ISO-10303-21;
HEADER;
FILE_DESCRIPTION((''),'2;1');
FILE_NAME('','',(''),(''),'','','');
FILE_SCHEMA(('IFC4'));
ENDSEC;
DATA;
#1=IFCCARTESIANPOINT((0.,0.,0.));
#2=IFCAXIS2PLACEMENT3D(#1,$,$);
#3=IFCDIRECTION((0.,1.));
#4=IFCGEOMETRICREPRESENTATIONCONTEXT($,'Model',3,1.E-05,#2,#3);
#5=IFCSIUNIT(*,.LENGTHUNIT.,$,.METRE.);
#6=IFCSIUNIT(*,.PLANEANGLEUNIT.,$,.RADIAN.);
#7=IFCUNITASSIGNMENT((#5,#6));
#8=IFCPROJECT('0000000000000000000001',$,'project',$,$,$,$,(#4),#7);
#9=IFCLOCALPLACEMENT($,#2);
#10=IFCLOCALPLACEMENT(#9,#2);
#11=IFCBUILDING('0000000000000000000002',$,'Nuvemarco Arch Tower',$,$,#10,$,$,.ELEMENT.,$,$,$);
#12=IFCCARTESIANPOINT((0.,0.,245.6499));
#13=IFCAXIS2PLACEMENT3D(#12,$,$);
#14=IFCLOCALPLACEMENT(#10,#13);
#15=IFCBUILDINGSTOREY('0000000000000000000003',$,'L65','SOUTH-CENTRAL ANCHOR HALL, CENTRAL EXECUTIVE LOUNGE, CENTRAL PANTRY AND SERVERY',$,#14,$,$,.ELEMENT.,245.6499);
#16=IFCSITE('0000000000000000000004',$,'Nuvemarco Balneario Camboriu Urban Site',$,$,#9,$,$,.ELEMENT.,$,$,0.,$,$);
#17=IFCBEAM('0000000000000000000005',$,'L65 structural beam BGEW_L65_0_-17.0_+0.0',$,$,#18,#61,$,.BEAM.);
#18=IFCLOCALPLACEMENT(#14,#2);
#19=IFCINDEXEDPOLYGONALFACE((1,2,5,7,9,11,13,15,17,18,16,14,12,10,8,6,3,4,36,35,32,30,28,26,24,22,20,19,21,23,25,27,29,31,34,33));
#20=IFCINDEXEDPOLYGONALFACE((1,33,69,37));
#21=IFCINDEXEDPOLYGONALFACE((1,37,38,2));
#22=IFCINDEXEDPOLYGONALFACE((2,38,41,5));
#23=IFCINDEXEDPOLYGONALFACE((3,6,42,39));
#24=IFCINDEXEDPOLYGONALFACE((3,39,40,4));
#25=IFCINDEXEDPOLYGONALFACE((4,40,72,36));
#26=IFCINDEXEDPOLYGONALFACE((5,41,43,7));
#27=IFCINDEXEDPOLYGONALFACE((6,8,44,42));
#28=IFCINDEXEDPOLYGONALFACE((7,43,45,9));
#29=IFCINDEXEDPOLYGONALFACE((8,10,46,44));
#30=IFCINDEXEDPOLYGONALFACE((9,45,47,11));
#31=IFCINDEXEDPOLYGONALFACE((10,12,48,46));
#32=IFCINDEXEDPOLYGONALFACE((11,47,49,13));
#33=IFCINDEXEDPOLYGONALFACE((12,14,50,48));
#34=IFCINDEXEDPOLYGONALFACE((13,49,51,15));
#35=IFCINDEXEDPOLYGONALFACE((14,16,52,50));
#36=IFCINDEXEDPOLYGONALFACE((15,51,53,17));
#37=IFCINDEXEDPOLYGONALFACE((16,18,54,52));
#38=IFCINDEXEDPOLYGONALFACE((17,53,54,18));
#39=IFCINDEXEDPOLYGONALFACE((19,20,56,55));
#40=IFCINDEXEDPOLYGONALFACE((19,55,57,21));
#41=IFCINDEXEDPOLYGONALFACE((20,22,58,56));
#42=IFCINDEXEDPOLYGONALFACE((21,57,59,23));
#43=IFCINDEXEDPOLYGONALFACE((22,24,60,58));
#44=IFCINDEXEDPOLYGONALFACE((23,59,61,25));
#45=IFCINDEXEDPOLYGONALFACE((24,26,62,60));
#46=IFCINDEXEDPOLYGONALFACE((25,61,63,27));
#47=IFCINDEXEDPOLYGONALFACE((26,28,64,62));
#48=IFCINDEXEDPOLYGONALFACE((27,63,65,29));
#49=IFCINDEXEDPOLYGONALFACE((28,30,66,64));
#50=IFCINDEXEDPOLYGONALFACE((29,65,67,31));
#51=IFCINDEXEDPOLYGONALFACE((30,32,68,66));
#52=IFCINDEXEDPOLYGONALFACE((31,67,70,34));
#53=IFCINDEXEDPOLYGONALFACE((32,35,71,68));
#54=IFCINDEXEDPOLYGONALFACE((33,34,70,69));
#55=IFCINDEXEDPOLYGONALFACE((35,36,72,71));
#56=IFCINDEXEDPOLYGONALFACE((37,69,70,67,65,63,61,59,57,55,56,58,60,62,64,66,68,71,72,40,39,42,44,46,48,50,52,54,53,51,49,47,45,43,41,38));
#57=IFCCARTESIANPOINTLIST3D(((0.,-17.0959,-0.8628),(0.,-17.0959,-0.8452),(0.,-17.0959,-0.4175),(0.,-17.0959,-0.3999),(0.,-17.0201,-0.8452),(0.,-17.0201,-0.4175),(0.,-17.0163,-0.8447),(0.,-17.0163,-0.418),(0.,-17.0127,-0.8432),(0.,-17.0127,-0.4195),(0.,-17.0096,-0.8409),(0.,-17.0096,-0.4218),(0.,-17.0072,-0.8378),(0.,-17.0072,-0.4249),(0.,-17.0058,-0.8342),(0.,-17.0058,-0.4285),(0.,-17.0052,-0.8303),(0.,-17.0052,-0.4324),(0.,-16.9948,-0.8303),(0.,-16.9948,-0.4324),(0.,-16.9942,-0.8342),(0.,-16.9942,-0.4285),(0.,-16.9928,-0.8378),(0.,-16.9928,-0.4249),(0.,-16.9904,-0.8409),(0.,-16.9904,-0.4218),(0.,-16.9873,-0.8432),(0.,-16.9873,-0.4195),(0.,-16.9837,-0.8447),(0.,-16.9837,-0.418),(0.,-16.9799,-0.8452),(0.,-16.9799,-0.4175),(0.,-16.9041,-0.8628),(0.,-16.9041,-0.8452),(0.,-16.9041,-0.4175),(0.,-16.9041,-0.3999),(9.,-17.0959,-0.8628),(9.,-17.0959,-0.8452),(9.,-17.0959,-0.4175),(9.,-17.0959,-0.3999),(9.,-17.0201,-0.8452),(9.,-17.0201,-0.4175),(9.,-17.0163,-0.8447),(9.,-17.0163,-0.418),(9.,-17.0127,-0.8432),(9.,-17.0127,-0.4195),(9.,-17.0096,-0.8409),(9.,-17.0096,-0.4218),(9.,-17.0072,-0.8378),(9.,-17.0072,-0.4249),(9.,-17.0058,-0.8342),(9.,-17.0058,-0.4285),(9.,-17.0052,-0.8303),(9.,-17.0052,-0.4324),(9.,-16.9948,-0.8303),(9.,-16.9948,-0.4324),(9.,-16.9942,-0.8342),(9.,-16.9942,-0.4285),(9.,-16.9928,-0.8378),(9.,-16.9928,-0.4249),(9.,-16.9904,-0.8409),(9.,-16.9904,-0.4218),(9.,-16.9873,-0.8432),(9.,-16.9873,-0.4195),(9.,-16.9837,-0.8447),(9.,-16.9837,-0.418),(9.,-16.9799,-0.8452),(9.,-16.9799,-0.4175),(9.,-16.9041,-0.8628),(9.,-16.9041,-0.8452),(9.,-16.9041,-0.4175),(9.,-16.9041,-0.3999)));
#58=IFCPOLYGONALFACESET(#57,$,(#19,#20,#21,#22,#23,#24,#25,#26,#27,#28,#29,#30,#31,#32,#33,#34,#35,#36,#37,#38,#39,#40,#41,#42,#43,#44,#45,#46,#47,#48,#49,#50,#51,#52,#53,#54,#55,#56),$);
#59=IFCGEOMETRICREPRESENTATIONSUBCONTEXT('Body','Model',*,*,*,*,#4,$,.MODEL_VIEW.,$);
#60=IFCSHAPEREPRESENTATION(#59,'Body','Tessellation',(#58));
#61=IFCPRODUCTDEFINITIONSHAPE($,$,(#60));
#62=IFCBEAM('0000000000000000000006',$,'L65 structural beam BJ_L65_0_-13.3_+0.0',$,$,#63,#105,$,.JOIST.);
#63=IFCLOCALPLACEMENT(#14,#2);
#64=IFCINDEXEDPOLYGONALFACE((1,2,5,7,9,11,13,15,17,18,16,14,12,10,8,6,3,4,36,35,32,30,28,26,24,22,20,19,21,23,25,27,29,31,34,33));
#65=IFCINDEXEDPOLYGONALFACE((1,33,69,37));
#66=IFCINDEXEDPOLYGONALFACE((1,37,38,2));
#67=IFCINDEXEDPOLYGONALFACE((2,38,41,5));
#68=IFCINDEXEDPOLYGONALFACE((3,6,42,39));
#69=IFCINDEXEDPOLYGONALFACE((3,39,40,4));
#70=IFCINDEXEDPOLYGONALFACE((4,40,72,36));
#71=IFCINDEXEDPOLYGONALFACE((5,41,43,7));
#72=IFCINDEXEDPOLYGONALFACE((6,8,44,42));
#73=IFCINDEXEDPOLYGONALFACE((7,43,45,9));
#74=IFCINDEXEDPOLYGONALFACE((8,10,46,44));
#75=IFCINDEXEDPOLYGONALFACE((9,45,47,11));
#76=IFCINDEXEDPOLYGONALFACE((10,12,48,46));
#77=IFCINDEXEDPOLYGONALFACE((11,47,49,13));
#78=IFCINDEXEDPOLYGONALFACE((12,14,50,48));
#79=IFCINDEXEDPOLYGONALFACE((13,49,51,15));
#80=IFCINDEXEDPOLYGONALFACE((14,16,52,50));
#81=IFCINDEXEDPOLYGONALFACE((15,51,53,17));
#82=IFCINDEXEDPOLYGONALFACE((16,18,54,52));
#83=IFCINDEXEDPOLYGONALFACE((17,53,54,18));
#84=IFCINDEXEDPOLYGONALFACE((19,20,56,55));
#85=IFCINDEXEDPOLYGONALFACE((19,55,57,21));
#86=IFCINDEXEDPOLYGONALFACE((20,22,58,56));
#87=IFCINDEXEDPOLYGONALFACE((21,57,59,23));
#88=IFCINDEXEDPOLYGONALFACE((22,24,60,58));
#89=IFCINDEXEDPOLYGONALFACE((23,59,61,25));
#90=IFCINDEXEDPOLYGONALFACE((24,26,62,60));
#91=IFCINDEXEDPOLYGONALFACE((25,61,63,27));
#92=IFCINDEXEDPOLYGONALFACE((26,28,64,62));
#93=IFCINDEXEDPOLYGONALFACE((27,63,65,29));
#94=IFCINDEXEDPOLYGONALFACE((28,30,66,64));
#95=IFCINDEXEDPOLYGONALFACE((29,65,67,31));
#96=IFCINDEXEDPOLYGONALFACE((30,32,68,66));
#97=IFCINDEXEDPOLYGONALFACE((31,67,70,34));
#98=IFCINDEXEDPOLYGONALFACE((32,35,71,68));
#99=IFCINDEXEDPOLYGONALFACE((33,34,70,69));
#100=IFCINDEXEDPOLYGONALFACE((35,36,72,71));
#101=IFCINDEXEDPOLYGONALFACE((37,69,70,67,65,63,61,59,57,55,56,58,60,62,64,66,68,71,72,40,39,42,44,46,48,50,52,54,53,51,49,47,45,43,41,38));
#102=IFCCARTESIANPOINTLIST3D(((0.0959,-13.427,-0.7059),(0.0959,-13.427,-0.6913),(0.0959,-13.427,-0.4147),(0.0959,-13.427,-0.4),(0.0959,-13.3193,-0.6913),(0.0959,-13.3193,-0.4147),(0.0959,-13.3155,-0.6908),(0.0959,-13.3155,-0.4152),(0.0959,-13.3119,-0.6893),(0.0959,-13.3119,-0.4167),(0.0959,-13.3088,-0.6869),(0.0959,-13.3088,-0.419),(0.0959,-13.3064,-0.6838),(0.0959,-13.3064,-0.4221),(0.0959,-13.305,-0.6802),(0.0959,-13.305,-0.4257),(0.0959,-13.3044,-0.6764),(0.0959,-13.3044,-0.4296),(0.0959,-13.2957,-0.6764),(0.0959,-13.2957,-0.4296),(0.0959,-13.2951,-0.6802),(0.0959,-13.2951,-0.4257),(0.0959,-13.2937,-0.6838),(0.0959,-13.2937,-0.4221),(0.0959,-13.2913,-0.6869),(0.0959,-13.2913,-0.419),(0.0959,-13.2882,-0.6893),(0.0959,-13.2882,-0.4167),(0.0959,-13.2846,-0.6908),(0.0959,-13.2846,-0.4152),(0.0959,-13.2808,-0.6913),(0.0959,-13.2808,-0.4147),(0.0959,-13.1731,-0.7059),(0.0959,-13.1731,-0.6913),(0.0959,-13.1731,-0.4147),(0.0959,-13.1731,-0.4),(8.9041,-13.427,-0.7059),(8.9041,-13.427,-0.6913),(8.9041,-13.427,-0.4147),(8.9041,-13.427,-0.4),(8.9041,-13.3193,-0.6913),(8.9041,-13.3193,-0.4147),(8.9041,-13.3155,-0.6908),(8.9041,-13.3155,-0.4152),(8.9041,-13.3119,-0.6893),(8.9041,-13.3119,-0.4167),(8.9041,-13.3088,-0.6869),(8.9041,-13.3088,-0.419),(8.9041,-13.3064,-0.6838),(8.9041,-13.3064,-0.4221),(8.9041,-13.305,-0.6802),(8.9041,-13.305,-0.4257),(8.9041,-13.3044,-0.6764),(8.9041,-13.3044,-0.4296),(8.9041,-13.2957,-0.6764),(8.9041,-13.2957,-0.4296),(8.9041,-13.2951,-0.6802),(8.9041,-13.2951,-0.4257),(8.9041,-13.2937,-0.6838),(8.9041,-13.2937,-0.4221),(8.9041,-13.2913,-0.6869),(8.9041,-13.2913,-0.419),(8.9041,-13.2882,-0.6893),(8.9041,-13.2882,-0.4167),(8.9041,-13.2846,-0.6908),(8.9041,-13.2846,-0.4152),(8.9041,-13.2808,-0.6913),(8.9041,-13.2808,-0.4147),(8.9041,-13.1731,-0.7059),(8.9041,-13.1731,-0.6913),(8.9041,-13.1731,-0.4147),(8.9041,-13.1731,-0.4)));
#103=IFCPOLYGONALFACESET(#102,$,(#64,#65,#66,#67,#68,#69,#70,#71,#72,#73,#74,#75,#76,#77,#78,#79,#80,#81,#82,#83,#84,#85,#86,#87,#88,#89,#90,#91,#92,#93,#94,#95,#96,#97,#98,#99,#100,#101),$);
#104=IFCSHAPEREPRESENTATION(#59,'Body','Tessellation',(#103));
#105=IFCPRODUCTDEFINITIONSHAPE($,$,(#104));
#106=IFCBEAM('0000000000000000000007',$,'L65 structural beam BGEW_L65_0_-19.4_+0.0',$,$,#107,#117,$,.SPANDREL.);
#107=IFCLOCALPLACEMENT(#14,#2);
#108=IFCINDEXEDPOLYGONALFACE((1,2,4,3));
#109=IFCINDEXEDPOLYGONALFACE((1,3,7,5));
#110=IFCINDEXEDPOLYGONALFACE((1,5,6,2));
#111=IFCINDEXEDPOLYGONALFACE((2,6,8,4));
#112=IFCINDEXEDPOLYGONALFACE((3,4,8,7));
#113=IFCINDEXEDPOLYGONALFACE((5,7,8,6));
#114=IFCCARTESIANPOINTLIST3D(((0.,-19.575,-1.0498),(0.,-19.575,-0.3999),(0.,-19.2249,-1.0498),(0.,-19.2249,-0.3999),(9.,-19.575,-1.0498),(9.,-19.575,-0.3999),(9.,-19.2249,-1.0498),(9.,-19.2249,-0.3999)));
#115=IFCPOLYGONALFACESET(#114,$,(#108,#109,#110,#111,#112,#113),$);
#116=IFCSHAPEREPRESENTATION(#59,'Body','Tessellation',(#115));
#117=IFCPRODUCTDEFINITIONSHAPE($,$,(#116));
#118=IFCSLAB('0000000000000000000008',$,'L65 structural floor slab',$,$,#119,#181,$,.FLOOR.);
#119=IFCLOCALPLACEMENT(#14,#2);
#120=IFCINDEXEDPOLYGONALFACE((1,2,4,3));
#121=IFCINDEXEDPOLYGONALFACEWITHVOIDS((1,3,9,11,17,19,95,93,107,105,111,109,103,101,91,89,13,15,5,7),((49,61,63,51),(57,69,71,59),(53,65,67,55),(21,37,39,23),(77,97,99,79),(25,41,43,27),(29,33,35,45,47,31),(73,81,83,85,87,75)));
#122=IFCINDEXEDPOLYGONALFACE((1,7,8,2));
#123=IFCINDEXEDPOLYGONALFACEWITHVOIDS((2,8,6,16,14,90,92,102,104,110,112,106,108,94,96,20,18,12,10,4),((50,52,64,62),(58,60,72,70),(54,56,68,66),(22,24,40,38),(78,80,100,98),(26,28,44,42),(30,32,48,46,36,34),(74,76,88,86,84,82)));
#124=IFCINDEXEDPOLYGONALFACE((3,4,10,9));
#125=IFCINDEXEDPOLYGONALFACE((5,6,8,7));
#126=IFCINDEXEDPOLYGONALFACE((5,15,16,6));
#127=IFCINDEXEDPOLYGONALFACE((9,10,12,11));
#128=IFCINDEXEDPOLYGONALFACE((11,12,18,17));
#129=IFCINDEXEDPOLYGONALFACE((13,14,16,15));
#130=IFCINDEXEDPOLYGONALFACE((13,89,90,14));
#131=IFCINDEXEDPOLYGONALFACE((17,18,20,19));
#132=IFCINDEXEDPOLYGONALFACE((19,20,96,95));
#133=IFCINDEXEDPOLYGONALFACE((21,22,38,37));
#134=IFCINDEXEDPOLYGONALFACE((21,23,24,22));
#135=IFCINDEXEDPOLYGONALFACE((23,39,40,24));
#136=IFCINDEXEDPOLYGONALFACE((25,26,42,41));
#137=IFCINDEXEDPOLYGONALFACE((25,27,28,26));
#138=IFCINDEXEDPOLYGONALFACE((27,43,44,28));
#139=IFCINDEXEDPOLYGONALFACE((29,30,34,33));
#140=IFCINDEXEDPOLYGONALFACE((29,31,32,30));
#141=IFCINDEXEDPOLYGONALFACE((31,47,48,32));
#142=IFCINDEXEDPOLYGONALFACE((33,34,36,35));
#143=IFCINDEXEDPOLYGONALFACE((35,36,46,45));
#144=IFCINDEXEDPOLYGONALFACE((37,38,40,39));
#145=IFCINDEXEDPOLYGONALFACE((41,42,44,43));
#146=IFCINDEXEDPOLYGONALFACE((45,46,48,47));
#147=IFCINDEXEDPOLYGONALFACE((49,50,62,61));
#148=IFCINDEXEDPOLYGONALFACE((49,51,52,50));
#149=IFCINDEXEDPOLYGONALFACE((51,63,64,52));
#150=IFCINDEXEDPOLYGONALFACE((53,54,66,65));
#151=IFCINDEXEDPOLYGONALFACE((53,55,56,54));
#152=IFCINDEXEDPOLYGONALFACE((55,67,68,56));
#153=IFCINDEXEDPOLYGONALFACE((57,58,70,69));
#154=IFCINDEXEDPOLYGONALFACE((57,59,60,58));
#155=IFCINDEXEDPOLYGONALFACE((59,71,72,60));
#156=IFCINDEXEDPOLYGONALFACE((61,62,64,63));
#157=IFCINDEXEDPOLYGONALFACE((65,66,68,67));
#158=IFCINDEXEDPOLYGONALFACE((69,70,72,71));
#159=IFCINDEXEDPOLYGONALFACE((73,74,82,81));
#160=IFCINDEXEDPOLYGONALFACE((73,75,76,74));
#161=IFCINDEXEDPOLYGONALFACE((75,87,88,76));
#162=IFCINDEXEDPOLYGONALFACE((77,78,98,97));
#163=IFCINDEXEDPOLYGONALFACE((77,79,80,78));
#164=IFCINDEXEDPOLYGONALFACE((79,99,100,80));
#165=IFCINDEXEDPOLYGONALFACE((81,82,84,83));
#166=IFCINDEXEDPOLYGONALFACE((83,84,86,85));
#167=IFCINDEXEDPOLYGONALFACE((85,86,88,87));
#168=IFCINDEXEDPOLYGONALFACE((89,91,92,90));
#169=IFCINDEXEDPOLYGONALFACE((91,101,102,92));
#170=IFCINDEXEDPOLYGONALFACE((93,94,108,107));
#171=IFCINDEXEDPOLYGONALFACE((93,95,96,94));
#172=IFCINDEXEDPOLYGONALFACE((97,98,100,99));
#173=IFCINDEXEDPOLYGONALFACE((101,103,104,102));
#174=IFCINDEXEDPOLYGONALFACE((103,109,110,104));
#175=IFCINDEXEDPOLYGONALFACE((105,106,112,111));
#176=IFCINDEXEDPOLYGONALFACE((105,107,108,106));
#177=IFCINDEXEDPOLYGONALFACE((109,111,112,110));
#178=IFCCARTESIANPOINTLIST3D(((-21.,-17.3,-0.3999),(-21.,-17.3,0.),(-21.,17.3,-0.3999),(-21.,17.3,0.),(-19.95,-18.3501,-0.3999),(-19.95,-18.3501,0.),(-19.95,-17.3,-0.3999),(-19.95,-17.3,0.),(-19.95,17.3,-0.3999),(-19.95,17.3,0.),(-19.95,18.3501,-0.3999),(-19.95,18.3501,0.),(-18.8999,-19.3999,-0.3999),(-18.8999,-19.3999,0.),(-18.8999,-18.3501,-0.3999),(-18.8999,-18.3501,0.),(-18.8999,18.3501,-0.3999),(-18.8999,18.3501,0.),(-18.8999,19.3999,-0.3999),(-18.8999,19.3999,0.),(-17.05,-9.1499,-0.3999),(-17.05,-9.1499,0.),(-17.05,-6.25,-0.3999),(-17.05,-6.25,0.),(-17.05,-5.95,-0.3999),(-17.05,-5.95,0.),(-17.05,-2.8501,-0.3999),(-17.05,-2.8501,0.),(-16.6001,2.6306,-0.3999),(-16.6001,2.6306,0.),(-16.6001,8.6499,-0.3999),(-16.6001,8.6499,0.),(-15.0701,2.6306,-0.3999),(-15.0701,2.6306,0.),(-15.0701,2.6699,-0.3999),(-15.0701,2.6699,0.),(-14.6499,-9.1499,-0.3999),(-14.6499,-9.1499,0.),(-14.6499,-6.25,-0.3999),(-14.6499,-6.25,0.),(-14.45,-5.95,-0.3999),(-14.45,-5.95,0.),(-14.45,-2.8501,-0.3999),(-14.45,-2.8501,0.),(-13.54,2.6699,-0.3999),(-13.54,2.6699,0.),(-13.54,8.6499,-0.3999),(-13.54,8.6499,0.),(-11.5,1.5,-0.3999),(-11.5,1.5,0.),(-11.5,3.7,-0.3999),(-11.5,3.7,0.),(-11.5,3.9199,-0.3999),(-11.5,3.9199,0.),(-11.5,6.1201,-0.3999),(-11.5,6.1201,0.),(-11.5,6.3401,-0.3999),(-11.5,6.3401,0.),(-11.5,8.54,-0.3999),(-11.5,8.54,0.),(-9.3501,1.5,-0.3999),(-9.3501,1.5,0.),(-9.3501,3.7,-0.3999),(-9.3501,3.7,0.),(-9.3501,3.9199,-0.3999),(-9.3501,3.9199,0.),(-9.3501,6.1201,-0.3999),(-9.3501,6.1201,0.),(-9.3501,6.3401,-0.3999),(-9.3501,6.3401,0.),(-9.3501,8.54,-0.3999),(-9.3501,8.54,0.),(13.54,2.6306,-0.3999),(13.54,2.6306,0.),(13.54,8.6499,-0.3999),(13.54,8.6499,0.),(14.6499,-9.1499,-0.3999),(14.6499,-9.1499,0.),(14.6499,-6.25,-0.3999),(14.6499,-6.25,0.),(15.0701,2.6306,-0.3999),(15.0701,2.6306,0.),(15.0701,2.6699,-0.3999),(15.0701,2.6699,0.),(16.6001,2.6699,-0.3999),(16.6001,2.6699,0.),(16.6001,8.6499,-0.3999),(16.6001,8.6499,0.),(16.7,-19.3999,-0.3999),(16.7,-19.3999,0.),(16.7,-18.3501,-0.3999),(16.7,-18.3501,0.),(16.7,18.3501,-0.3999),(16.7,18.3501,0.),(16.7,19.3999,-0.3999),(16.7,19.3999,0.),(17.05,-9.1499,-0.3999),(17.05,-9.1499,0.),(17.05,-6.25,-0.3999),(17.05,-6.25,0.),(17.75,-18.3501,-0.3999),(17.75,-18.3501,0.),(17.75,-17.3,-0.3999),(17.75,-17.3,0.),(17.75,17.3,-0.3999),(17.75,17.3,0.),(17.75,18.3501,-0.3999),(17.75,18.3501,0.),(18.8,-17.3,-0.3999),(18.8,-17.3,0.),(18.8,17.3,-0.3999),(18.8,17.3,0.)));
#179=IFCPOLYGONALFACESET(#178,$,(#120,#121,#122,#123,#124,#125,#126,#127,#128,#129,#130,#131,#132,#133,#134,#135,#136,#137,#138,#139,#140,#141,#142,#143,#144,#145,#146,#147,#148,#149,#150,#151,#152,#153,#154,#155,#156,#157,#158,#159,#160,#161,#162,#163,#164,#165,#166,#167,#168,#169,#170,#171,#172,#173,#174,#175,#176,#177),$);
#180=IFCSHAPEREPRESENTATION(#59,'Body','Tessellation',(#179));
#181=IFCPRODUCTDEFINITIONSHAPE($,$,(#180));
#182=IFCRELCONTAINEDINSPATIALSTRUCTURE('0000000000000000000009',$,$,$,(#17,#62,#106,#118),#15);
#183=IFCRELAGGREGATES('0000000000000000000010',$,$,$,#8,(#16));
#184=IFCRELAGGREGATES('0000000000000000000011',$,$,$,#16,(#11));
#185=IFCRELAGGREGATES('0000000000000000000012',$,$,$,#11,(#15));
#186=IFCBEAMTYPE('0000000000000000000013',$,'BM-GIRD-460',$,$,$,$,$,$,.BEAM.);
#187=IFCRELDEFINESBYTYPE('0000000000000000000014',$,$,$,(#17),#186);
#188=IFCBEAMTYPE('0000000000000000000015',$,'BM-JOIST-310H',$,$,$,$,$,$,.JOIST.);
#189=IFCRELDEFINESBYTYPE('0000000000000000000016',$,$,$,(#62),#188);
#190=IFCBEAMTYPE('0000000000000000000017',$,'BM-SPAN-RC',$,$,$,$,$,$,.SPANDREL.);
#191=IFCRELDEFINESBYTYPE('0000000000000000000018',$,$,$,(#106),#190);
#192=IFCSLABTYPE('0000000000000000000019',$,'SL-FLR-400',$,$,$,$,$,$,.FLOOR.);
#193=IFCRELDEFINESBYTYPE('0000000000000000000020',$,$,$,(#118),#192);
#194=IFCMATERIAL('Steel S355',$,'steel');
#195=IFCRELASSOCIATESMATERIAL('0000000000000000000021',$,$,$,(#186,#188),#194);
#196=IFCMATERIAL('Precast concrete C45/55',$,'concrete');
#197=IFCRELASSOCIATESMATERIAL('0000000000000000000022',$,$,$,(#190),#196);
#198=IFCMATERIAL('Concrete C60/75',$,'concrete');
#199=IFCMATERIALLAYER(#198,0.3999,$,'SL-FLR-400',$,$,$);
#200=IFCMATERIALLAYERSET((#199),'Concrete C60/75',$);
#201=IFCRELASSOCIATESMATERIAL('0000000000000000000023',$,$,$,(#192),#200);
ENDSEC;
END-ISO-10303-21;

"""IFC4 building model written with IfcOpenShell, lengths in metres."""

from ifc_helpers import new_model, si_unit, direction, frame, origin, origin_2d, place, context, subcontext, project, spatial, polyline, rectangle, i_section, outline, extrude, material, layer, layer_set, material_profile, profile_set, type_object, element, save


model = new_model("IFC4")

# Units and contexts
model_context = context("Model", 3, precision=1e-05, world=origin(), true_north=direction((0.0, 1.0)))
body_context = subcontext(model_context, "Body", "Model", "MODEL_VIEW")
ifc_project = project(units=[si_unit("LENGTHUNIT", "METRE"), si_unit("PLANEANGLEUNIT", "RADIAN")], contexts=[model_context])

# Site, building, storey
site_placement = place(None, origin())
site = spatial("IfcSite", under=ifc_project, at=site_placement, Name="Nuvemarco Balneario Camboriu Urban Site", CompositionType="ELEMENT", RefElevation=0.0)
building_placement = place(site_placement, origin())
building = spatial("IfcBuilding", under=site, at=building_placement, Name="Nuvemarco Arch Tower", CompositionType="ELEMENT")
storey_placement = place(building_placement, frame((0.0, 0.0, 245.6499)))
storey = spatial("IfcBuildingStorey", under=building, at=storey_placement, Name="L65", Description="SOUTH-CENTRAL ANCHOR HALL, CENTRAL EXECUTIVE LOUNGE, CENTRAL PANTRY AND SERVERY", CompositionType="ELEMENT", Elevation=245.6499)

# Shared definitions
ifc_material_1 = material(Name="Steel S355", Category="steel")

# Beams
ifc_material_2 = material(Name="Concrete C60/75", Category="concrete")
ifc_material_profile_1 = material_profile(ifc_material_1, i_section(OverallWidth=0.1919, OverallDepth=0.4629, WebThickness=0.0105, FlangeThickness=0.0176, FilletRadius=0.0149, at=origin_2d()), Name="W460x89")
ifc_profile_set_1 = profile_set([ifc_material_profile_1], Name="Steel S355")
beam_type_1 = type_object("IfcBeamType", Name="BM-GIRD-460", PredefinedType="BEAM", material=ifc_profile_set_1)
beam_1_placement = place(storey_placement, frame((0.0, -17.0, -0.6313), z_axis=(1.0, 0.0, 0.0), x_axis=(0.0, 1.0, 0.0)))
element("IfcBeam", 1, at=beam_1_placement, inside=storey, type_object=beam_type_1, Name="L65 structural beam BGEW_L65_0_-17.0_+0.0", PredefinedType="BEAM", context=body_context, shape_type="SweptSolid", body=[
    extrude(i_section(OverallWidth=0.1919, OverallDepth=0.4629, WebThickness=0.0105, FlangeThickness=0.0176, FilletRadius=0.0149, at=origin_2d()), origin(), (0.0, 0.0, 1.0), 9.0),
])
ifc_material_profile_2 = material_profile(ifc_material_1, i_section(OverallWidth=0.2539, OverallDepth=0.3059, WebThickness=0.0088, FlangeThickness=0.0146, FilletRadius=0.0149, at=origin_2d()), Name="W310x79")
ifc_profile_set_2 = profile_set([ifc_material_profile_2], Name="Steel S355")
beam_type_2 = type_object("IfcBeamType", Name="BM-JOIST-310H", PredefinedType="JOIST", material=ifc_profile_set_2)
beam_2_placement = place(storey_placement, frame((0.0959, -13.3, -0.553), z_axis=(1.0, 0.0, 0.0), x_axis=(0.0, 1.0, 0.0)))
element("IfcBeam", 2, at=beam_2_placement, inside=storey, type_object=beam_type_2, Name="L65 structural beam BJ_L65_0_-13.3_+0.0", PredefinedType="JOIST", context=body_context, shape_type="SweptSolid", body=[
    extrude(i_section(OverallWidth=0.2539, OverallDepth=0.3059, WebThickness=0.0088, FlangeThickness=0.0146, FilletRadius=0.0149, at=origin_2d()), origin(), (0.0, 0.0, 1.0), 8.8081),
])
ifc_material_3 = material(Name="Precast concrete C45/55", Category="concrete")
ifc_material_profile_3 = material_profile(ifc_material_3, rectangle(XDim=0.3501, YDim=0.6499, at=origin_2d()), Name="PC-SP-350x650")
ifc_profile_set_3 = profile_set([ifc_material_profile_3], Name="Precast concrete C45/55")
beam_type_3 = type_object("IfcBeamType", Name="BM-SPAN-RC", PredefinedType="SPANDREL", material=ifc_profile_set_3)
beam_3_placement = place(storey_placement, frame((0.0, -19.3999, -0.7249), z_axis=(1.0, 0.0, 0.0), x_axis=(0.0, 1.0, 0.0)))
element("IfcBeam", 3, at=beam_3_placement, inside=storey, type_object=beam_type_3, Name="L65 structural beam BGEW_L65_0_-19.4_+0.0", PredefinedType="SPANDREL", context=body_context, shape_type="SweptSolid", body=[
    extrude(rectangle(XDim=0.3501, YDim=0.6499, at=origin_2d()), origin(), (0.0, 0.0, 1.0), 9.0),
])

# Slab
ifc_layer_1 = layer(ifc_material_2, 0.3999, Name="SL-FLR-400")
ifc_layer_set_1 = layer_set([ifc_layer_1], Name="Concrete C60/75")
slab_type_1 = type_object("IfcSlabType", Name="SL-FLR-400", PredefinedType="FLOOR", material=ifc_layer_set_1)
slab_1_placement = place(storey_placement, frame((0.0, 0.0, -0.3999)))
element("IfcSlab", 4, at=slab_1_placement, inside=storey, type_object=slab_type_1, Name="L65 structural floor slab", PredefinedType="FLOOR", context=body_context, shape_type="SweptSolid", body=[
    extrude(outline(polyline([(-18.8999, -19.3999), (16.7, -19.3999), (16.7, -18.3501), (17.75, -18.3501), (17.75, -17.3), (18.8, -17.3), (18.8, 17.3), (17.75, 17.3), (17.75, 18.3501), (16.7, 18.3501), (16.7, 19.3999), (-18.8999, 19.3999), (-18.8999, 18.3501), (-19.95, 18.3501), (-19.95, 17.3), (-21.0, 17.3), (-21.0, -17.3), (-19.95, -17.3), (-19.95, -18.3501), (-18.8999, -18.3501), (-18.8999, -19.3999)]), holes=[polyline([(-13.54, 2.6699), (-13.54, 8.6499), (-16.6001, 8.6499), (-16.6001, 2.6306), (-15.0701, 2.6306), (-15.0701, 2.6699), (-13.54, 2.6699)]), polyline([(16.6001, 2.6699), (16.6001, 8.6499), (13.54, 8.6499), (13.54, 2.6306), (15.0701, 2.6306), (15.0701, 2.6699), (16.6001, 2.6699)]), polyline([(-17.05, -9.1499), (-14.6499, -9.1499), (-14.6499, -6.25), (-17.05, -6.25), (-17.05, -9.1499)]), polyline([(-17.05, -5.95), (-14.45, -5.95), (-14.45, -2.8501), (-17.05, -2.8501), (-17.05, -5.95)]), polyline([(-11.5, 1.5), (-9.3501, 1.5), (-9.3501, 3.7), (-11.5, 3.7), (-11.5, 1.5)]), polyline([(-11.5, 3.9199), (-9.3501, 3.9199), (-9.3501, 6.1201), (-11.5, 6.1201), (-11.5, 3.9199)]), polyline([(-11.5, 6.3401), (-9.3501, 6.3401), (-9.3501, 8.54), (-11.5, 8.54), (-11.5, 6.3401)]), polyline([(14.6499, -9.1499), (17.05, -9.1499), (17.05, -6.25), (14.6499, -6.25), (14.6499, -9.1499)])]), origin(), (0.0, 0.0, 1.0), 0.3999),
])

save(model, "model.ifc")
